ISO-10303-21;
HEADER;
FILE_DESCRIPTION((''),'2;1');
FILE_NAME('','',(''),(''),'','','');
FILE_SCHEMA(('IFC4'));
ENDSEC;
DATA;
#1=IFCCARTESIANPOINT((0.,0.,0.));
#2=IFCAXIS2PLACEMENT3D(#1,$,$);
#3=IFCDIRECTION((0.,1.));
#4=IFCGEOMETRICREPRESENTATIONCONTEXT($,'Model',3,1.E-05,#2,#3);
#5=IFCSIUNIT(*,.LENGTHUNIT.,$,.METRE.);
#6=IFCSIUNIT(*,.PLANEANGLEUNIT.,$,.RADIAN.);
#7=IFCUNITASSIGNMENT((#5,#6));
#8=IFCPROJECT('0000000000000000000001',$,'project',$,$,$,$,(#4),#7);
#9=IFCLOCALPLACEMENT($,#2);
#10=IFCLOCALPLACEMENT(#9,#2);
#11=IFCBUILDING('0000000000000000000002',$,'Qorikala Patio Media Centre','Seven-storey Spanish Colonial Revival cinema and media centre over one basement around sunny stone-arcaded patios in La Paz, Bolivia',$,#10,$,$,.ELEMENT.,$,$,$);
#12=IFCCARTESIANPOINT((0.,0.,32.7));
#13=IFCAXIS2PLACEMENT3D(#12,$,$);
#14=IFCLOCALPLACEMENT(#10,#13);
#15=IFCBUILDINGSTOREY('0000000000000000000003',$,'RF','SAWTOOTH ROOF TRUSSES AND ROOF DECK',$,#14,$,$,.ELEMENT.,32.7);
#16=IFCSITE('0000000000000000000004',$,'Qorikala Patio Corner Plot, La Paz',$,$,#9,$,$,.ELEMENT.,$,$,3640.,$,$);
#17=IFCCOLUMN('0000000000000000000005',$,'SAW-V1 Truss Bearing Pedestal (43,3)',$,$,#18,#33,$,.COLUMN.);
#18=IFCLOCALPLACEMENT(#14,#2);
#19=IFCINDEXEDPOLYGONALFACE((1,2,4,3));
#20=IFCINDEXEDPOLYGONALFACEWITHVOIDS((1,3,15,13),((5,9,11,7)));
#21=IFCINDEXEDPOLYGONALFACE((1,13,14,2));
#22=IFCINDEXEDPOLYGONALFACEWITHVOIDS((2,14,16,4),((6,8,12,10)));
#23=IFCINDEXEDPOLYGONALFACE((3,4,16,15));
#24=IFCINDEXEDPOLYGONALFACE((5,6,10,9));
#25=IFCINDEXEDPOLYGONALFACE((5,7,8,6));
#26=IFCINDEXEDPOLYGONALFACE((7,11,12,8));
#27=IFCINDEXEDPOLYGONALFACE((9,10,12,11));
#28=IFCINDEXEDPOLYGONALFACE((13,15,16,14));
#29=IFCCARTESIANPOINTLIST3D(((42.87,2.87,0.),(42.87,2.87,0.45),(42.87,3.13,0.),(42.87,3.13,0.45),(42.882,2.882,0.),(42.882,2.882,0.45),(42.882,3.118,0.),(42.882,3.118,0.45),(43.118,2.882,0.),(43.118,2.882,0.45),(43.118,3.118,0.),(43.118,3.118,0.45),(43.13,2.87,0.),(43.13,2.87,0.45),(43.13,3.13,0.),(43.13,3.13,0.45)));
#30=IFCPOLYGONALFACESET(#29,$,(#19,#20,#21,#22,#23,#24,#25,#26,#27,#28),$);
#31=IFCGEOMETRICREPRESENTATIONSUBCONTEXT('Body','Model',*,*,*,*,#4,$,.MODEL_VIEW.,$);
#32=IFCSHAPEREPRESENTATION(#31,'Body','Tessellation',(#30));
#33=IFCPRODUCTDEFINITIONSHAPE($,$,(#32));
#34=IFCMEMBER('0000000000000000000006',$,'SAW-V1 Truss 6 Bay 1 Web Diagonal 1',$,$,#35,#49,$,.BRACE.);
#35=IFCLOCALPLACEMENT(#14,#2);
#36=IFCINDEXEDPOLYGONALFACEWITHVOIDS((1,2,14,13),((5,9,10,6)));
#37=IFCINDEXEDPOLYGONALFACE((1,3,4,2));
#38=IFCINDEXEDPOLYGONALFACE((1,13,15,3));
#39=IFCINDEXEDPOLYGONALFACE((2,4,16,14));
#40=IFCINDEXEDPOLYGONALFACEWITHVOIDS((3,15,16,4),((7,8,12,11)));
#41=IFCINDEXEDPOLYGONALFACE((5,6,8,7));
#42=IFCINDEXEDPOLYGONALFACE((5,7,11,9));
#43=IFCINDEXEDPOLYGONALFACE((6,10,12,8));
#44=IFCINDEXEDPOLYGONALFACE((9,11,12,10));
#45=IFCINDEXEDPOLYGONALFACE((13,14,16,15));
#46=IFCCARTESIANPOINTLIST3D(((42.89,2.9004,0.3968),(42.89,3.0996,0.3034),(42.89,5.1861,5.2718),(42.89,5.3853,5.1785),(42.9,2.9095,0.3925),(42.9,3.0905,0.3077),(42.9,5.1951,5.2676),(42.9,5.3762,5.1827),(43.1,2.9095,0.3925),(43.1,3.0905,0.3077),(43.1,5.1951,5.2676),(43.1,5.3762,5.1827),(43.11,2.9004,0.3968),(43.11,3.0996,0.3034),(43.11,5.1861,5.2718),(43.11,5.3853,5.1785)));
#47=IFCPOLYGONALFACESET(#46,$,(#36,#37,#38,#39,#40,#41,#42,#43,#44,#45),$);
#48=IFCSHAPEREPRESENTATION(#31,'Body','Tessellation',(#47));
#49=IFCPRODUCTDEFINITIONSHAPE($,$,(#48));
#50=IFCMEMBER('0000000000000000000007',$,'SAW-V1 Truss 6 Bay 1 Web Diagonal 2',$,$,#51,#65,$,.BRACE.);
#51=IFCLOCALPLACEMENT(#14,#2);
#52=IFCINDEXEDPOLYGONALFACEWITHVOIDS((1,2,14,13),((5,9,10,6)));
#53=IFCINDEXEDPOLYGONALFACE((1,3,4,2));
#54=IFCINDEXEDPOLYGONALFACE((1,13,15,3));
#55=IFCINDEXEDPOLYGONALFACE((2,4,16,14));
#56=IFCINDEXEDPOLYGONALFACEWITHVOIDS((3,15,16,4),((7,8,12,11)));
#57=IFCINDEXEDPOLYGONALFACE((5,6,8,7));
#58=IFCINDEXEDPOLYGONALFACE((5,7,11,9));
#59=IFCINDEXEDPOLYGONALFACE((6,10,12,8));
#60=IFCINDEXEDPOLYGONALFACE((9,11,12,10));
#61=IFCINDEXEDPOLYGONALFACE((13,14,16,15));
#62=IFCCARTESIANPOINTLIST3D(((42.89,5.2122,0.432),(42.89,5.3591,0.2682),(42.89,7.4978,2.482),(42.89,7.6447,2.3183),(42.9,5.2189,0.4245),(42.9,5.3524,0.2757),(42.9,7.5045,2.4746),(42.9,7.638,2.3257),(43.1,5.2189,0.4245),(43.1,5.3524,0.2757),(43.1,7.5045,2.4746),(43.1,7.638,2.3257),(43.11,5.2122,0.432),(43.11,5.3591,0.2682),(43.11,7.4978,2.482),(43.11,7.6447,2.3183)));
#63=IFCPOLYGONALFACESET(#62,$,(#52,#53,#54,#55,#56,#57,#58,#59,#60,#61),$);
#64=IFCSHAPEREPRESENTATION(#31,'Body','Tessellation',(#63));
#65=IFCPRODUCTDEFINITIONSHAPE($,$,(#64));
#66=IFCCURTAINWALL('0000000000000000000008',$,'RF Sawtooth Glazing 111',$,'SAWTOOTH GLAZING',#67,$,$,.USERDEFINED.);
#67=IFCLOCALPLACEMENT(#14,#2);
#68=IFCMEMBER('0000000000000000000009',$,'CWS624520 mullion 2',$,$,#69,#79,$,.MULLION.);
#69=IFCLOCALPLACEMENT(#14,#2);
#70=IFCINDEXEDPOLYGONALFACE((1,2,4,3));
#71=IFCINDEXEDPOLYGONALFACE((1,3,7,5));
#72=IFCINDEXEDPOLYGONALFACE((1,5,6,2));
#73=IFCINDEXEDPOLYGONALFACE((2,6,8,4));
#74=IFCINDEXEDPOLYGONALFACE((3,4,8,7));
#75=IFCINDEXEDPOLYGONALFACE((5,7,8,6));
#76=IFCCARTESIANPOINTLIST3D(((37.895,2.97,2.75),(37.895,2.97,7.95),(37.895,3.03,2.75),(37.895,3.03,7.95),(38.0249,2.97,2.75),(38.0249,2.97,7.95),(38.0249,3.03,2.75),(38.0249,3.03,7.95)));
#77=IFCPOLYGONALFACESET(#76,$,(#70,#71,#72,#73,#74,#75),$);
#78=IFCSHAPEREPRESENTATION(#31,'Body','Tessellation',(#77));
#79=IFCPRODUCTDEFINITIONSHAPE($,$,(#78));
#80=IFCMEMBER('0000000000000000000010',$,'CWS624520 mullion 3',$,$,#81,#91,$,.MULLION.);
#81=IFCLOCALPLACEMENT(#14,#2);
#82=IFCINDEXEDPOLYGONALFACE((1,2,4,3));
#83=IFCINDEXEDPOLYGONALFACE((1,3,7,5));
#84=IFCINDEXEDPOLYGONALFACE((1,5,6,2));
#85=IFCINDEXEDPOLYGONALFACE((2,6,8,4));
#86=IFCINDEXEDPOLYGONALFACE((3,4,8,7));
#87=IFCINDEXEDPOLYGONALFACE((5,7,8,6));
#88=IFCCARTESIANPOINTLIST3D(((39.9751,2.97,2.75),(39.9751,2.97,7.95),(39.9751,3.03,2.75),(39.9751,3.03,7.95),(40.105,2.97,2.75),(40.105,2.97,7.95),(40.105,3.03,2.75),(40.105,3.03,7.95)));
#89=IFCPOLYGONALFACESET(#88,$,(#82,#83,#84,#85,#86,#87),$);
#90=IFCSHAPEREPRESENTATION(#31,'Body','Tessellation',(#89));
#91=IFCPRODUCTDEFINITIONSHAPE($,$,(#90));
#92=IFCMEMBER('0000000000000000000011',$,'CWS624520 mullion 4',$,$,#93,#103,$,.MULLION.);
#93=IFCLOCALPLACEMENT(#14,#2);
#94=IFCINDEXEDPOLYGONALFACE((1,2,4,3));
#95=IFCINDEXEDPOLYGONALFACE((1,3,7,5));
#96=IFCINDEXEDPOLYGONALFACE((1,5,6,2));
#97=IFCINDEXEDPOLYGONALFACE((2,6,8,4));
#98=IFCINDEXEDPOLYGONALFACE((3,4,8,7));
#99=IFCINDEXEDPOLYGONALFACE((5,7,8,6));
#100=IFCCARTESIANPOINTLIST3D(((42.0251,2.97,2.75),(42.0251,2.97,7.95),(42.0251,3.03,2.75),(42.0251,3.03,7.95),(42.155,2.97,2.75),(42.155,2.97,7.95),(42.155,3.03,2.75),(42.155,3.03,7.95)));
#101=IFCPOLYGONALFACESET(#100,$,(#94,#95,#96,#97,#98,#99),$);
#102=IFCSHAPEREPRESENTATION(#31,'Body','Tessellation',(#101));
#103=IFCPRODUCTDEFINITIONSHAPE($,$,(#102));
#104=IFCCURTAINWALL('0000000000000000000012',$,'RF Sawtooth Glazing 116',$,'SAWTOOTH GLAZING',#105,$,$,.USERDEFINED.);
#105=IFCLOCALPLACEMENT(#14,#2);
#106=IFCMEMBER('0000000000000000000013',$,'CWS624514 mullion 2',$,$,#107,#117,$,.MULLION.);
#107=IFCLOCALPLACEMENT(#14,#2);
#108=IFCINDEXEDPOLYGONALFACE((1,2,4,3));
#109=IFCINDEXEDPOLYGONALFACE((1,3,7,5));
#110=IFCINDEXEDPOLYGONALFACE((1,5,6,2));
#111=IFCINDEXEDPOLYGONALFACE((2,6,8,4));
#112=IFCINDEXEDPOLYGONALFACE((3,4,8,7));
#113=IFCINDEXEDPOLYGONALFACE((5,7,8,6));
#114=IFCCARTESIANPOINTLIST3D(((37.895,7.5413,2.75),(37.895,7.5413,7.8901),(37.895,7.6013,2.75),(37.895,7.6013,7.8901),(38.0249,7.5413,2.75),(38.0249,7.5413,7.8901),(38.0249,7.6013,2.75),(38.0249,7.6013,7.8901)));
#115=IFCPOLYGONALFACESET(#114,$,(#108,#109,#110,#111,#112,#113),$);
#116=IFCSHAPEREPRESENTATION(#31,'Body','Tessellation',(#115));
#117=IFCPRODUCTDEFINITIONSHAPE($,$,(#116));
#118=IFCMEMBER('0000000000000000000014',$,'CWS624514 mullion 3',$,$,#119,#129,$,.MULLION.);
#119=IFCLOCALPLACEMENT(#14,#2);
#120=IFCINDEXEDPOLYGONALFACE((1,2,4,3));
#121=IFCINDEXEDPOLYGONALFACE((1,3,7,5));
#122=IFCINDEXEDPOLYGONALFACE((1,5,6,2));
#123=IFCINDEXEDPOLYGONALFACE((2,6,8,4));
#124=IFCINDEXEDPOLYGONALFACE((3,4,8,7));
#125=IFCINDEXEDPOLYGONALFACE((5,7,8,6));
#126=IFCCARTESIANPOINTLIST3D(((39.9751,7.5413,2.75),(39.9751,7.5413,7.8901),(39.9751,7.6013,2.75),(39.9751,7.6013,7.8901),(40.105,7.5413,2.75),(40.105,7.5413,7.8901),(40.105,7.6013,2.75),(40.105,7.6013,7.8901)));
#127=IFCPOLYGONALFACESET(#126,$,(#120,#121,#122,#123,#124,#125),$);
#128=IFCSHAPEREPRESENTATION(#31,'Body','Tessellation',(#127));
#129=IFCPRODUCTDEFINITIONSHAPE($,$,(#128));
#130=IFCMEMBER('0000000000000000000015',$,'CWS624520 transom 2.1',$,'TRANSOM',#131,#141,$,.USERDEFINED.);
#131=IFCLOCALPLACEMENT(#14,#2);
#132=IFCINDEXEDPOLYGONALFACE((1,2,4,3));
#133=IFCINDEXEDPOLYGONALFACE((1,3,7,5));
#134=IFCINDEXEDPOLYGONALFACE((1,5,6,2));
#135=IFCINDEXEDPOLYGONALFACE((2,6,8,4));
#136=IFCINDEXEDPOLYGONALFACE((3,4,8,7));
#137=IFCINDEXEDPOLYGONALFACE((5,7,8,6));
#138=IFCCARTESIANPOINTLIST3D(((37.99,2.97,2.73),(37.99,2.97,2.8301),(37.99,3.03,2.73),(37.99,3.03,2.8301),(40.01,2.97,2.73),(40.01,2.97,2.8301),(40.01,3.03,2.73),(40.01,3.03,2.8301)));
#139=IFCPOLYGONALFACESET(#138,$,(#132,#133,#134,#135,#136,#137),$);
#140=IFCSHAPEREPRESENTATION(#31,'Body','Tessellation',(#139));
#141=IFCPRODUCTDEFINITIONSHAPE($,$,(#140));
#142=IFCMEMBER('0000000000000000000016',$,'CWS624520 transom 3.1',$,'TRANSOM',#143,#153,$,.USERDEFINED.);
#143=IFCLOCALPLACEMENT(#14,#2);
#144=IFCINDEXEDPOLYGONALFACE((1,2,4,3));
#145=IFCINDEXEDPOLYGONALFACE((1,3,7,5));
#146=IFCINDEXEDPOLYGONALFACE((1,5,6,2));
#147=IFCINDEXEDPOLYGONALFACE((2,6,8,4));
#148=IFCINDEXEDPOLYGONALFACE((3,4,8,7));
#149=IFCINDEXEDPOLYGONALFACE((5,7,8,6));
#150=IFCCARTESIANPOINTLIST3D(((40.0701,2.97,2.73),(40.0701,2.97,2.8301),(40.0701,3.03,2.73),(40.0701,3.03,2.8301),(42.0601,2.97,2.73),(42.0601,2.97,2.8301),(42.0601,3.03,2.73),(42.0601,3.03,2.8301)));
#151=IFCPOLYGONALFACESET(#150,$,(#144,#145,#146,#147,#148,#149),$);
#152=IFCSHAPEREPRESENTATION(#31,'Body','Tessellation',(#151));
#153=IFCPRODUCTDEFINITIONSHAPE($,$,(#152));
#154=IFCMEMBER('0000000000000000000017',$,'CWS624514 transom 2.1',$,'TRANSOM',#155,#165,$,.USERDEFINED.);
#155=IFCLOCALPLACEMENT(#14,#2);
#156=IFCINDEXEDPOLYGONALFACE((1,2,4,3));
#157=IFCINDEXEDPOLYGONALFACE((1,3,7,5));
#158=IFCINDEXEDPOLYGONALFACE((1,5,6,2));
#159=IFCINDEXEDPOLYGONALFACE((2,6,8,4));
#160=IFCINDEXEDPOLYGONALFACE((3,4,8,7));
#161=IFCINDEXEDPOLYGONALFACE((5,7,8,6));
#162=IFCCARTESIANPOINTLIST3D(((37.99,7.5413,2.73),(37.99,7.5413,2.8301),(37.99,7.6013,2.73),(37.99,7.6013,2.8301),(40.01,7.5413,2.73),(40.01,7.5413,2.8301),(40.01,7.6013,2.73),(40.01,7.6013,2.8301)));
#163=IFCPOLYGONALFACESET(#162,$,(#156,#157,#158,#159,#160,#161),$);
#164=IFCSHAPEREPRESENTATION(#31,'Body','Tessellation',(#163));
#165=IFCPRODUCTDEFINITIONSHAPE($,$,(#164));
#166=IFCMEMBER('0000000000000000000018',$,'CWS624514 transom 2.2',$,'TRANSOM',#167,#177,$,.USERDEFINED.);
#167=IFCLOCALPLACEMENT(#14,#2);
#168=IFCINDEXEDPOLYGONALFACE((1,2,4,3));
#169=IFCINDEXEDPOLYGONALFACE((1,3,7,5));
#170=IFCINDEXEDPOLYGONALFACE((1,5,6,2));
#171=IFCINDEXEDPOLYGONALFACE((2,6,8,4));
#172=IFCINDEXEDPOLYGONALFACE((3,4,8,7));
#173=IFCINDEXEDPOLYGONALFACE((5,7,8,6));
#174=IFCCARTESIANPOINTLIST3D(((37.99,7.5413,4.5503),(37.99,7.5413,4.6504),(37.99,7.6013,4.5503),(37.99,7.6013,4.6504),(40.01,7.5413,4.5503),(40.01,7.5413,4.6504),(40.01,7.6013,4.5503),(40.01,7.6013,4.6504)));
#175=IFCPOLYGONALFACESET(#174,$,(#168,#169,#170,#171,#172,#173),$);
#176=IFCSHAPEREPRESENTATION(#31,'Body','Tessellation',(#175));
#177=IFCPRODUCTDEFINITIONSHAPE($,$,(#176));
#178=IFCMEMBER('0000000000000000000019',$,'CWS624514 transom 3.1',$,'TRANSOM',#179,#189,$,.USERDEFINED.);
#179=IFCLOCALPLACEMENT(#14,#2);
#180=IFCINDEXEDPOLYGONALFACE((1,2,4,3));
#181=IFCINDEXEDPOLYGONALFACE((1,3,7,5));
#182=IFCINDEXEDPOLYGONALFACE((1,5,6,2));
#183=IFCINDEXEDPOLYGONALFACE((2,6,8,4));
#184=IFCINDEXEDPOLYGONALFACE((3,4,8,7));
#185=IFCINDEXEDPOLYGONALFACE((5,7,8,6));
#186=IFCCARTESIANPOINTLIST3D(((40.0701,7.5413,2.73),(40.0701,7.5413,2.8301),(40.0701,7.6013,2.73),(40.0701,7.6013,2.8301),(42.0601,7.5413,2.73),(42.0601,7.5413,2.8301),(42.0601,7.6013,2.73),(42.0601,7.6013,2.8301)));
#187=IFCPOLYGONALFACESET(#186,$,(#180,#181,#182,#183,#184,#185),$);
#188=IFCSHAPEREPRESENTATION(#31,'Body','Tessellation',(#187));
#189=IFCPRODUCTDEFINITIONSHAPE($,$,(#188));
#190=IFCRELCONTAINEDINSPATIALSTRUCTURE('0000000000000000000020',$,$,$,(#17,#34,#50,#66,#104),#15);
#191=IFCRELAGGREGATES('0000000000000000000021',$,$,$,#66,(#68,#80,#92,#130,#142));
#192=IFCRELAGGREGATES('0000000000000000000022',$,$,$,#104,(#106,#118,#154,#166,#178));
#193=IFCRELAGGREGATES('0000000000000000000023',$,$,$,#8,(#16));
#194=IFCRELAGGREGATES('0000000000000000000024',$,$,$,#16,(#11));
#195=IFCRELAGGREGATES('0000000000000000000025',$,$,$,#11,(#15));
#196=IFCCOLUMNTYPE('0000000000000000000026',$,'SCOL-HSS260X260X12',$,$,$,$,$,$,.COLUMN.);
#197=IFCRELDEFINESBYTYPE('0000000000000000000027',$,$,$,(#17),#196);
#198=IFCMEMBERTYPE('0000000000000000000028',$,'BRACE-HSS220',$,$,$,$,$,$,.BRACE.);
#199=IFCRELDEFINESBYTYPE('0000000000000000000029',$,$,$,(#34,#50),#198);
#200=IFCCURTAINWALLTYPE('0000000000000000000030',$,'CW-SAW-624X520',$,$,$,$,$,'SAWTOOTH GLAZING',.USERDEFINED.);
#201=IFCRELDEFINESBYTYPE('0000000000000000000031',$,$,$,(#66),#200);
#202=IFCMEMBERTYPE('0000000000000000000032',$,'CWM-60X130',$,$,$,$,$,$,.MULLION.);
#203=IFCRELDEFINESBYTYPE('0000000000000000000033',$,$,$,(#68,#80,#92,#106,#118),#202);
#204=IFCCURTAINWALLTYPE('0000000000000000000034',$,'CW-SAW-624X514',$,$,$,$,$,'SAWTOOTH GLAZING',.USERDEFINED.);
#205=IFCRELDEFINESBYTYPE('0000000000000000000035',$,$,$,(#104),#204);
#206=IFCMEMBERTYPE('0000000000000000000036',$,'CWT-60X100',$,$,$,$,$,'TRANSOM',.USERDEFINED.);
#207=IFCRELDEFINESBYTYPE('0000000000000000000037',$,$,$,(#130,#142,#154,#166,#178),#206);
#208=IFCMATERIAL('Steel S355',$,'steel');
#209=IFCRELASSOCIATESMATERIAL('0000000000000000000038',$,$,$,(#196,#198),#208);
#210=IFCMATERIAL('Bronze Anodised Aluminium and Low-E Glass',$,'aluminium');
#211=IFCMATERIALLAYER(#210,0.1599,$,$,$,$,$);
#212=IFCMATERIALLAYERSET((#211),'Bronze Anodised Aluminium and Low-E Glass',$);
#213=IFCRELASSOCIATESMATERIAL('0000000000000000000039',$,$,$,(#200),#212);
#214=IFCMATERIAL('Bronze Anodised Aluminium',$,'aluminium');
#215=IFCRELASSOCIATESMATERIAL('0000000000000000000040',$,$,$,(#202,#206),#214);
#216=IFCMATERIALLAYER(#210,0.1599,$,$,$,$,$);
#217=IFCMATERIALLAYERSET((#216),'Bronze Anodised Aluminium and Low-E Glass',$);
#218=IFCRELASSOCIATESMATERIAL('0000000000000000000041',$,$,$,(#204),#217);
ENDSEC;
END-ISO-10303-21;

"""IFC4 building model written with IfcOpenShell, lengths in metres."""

from ifc_helpers import new_model, si_unit, direction, frame, origin, origin_2d, place, context, subcontext, project, spatial, rectangle, hollow_rectangle, extrude, material, layer, layer_set, material_profile, profile_set, type_object, element, aggregate, save


model = new_model("IFC4")

# Units and contexts
model_context = context("Model", 3, precision=1e-05, world=origin(), true_north=direction((0.0, 1.0)))
body_context = subcontext(model_context, "Body", "Model", "MODEL_VIEW")
ifc_project = project(units=[si_unit("LENGTHUNIT", "METRE"), si_unit("PLANEANGLEUNIT", "RADIAN")], contexts=[model_context])

# Site, building, storey
site_placement = place(None, origin())
site = spatial("IfcSite", under=ifc_project, at=site_placement, Name="Qorikala Patio Corner Plot, La Paz", CompositionType="ELEMENT", RefElevation=3640.0)
building_placement = place(site_placement, origin())
building = spatial("IfcBuilding", under=site, at=building_placement, Name="Qorikala Patio Media Centre", Description="Seven-storey Spanish Colonial Revival cinema and media centre over one basement around sunny stone-arcaded patios in La Paz, Bolivia", CompositionType="ELEMENT")
storey_placement = place(building_placement, frame((0.0, 0.0, 32.7)))
storey = spatial("IfcBuildingStorey", under=building, at=storey_placement, Name="RF", Description="SAWTOOTH ROOF TRUSSES AND ROOF DECK", CompositionType="ELEMENT", Elevation=32.7)

# Column
ifc_material_1 = material(Name="Steel S355", Category="steel")
ifc_material_profile_1 = material_profile(ifc_material_1, hollow_rectangle(XDim=0.26, YDim=0.26, WallThickness=0.012, at=origin_2d()), Name="HSS260X260X12")
ifc_profile_set_1 = profile_set([ifc_material_profile_1], Name="Steel S355")
column_type = type_object("IfcColumnType", Name="SCOL-HSS260X260X12", PredefinedType="COLUMN", material=ifc_profile_set_1)
column_placement = place(storey_placement, frame((43.0, 3.0, 0.0), z_axis=(0.0, 0.0, 1.0), x_axis=(1.0, 0.0, 0.0)))
element("IfcColumn", 1, at=column_placement, inside=storey, type_object=column_type, Name="SAW-V1 Truss Bearing Pedestal (43,3)", PredefinedType="COLUMN", context=body_context, shape_type="SweptSolid", body=[
    extrude(hollow_rectangle(XDim=0.26, YDim=0.26, WallThickness=0.012, at=origin_2d()), origin(), (0.0, 0.0, 1.0), 0.45),
])

# Members
ifc_material_profile_2 = material_profile(ifc_material_1, hollow_rectangle(XDim=0.22, YDim=0.22, WallThickness=0.01, at=origin_2d()), Name="HSS220X220X10")
ifc_profile_set_2 = profile_set([ifc_material_profile_2], Name="Steel S355")
member_type_1 = type_object("IfcMemberType", Name="BRACE-HSS220", PredefinedType="BRACE", material=ifc_profile_set_2)
member_1_placement = place(storey_placement, frame((43.0, 3.0, 0.3501), z_axis=(0.0, 0.424508, 0.905424), x_axis=(-1.0, 0.0, 0.0)))
element("IfcMember", 2, at=member_1_placement, inside=storey, type_object=member_type_1, Name="SAW-V1 Truss 6 Bay 1 Web Diagonal 1", PredefinedType="BRACE", context=body_context, shape_type="SweptSolid", body=[
    extrude(hollow_rectangle(XDim=0.22, YDim=0.22, WallThickness=0.01, at=origin_2d()), origin(), (0.0, 0.0, 1.0), 5.3843),
])
member_2_placement = place(storey_placement, frame((43.0, 5.2856, 0.3501), z_axis=(0.0, 0.744432, 0.667699), x_axis=(-1.0, 0.0, 0.0)))
element("IfcMember", 3, at=member_2_placement, inside=storey, type_object=member_type_1, Name="SAW-V1 Truss 6 Bay 1 Web Diagonal 2", PredefinedType="BRACE", context=body_context, shape_type="SweptSolid", body=[
    extrude(hollow_rectangle(XDim=0.22, YDim=0.22, WallThickness=0.01, at=origin_2d()), origin(), (0.0, 0.0, 1.0), 3.0703),
])

# Curtain walls, members
ifc_material_2 = material(Name="Bronze Anodised Aluminium and Low-E Glass", Category="aluminium")
ifc_layer_1 = layer(ifc_material_2, 0.1599)
ifc_layer_set_1 = layer_set([ifc_layer_1], Name="Bronze Anodised Aluminium and Low-E Glass")
curtain_wall_type_1 = type_object("IfcCurtainWallType", Name="CW-SAW-624X520", ElementType="SAWTOOTH GLAZING", PredefinedType="USERDEFINED", material=ifc_layer_set_1)
curtain_wall_1_placement = place(storey_placement, origin())
curtain_wall_1 = element("IfcCurtainWall", 4, at=curtain_wall_1_placement, inside=storey, type_object=curtain_wall_type_1, Name="RF Sawtooth Glazing 111", ObjectType="SAWTOOTH GLAZING", PredefinedType="USERDEFINED")
ifc_material_3 = material(Name="Bronze Anodised Aluminium", Category="aluminium")
ifc_material_profile_3 = material_profile(ifc_material_3, rectangle(XDim=0.0601, YDim=0.1299, at=origin_2d()), Name="ALU MULLION 60x130")
ifc_profile_set_3 = profile_set([ifc_material_profile_3], Name="Bronze Anodised Aluminium")
member_type_2 = type_object("IfcMemberType", Name="CWM-60X130", PredefinedType="MULLION", material=ifc_profile_set_3)
member_3_placement = place(storey_placement, frame((37.96, 3.0, 2.75), z_axis=(0.0, 0.0, 1.0), x_axis=(0.0, 1.0, 0.0)))
member_3 = element("IfcMember", 5, at=member_3_placement, type_object=member_type_2, Name="CWS624520 mullion 2", PredefinedType="MULLION", context=body_context, shape_type="SweptSolid", body=[
    extrude(rectangle(XDim=0.0601, YDim=0.1299, at=origin_2d()), origin(), (0.0, 0.0, 1.0), 5.2),
])
member_4_placement = place(storey_placement, frame((40.04, 3.0, 2.75), z_axis=(0.0, 0.0, 1.0), x_axis=(0.0, 1.0, 0.0)))
member_4 = element("IfcMember", 6, at=member_4_placement, type_object=member_type_2, Name="CWS624520 mullion 3", PredefinedType="MULLION", context=body_context, shape_type="SweptSolid", body=[
    extrude(rectangle(XDim=0.0601, YDim=0.1299, at=origin_2d()), origin(), (0.0, 0.0, 1.0), 5.2),
])
member_5_placement = place(storey_placement, frame((42.0901, 3.0, 2.75), z_axis=(0.0, 0.0, 1.0), x_axis=(0.0, 1.0, 0.0)))
member_5 = element("IfcMember", 7, at=member_5_placement, type_object=member_type_2, Name="CWS624520 mullion 4", PredefinedType="MULLION", context=body_context, shape_type="SweptSolid", body=[
    extrude(rectangle(XDim=0.0601, YDim=0.1299, at=origin_2d()), origin(), (0.0, 0.0, 1.0), 5.2),
])
ifc_layer_2 = layer(ifc_material_2, 0.1599)
ifc_layer_set_2 = layer_set([ifc_layer_2], Name="Bronze Anodised Aluminium and Low-E Glass")
curtain_wall_type_2 = type_object("IfcCurtainWallType", Name="CW-SAW-624X514", ElementType="SAWTOOTH GLAZING", PredefinedType="USERDEFINED", material=ifc_layer_set_2)
curtain_wall_2_placement = place(storey_placement, origin())
curtain_wall_2 = element("IfcCurtainWall", 8, at=curtain_wall_2_placement, inside=storey, type_object=curtain_wall_type_2, Name="RF Sawtooth Glazing 116", ObjectType="SAWTOOTH GLAZING", PredefinedType="USERDEFINED")
member_6_placement = place(storey_placement, frame((37.96, 7.5713, 2.75), z_axis=(0.0, 0.0, 1.0), x_axis=(0.0, 1.0, 0.0)))
member_6 = element("IfcMember", 9, at=member_6_placement, type_object=member_type_2, Name="CWS624514 mullion 2", PredefinedType="MULLION", context=body_context, shape_type="SweptSolid", body=[
    extrude(rectangle(XDim=0.0601, YDim=0.1299, at=origin_2d()), origin(), (0.0, 0.0, 1.0), 5.1401),
])
member_7_placement = place(storey_placement, frame((40.04, 7.5713, 2.75), z_axis=(0.0, 0.0, 1.0), x_axis=(0.0, 1.0, 0.0)))
member_7 = element("IfcMember", 10, at=member_7_placement, type_object=member_type_2, Name="CWS624514 mullion 3", PredefinedType="MULLION", context=body_context, shape_type="SweptSolid", body=[
    extrude(rectangle(XDim=0.0601, YDim=0.1299, at=origin_2d()), origin(), (0.0, 0.0, 1.0), 5.1401),
])

# Members
ifc_material_profile_4 = material_profile(ifc_material_3, rectangle(XDim=0.0601, YDim=0.1001, at=origin_2d()), Name="ALU TRANSOM 60x100")
ifc_profile_set_4 = profile_set([ifc_material_profile_4], Name="Bronze Anodised Aluminium")
member_type_3 = type_object("IfcMemberType", Name="CWT-60X100", ElementType="TRANSOM", PredefinedType="USERDEFINED", material=ifc_profile_set_4)
member_8_placement = place(storey_placement, frame((37.99, 3.0, 2.78), z_axis=(1.0, 0.0, 0.0), x_axis=(0.0, 1.0, 0.0)))
member_8 = element("IfcMember", 11, at=member_8_placement, type_object=member_type_3, Name="CWS624520 transom 2.1", ObjectType="TRANSOM", PredefinedType="USERDEFINED", context=body_context, shape_type="SweptSolid", body=[
    extrude(rectangle(XDim=0.0601, YDim=0.1001, at=origin_2d()), origin(), (0.0, 0.0, 1.0), 2.02),
])
member_9_placement = place(storey_placement, frame((40.0701, 3.0, 2.78), z_axis=(1.0, 0.0, 0.0), x_axis=(0.0, 1.0, 0.0)))
member_9 = element("IfcMember", 12, at=member_9_placement, type_object=member_type_3, Name="CWS624520 transom 3.1", ObjectType="TRANSOM", PredefinedType="USERDEFINED", context=body_context, shape_type="SweptSolid", body=[
    extrude(rectangle(XDim=0.0601, YDim=0.1001, at=origin_2d()), origin(), (0.0, 0.0, 1.0), 1.99),
])
member_10_placement = place(storey_placement, frame((37.99, 7.5713, 2.78), z_axis=(1.0, 0.0, 0.0), x_axis=(0.0, 1.0, 0.0)))
member_10 = element("IfcMember", 13, at=member_10_placement, type_object=member_type_3, Name="CWS624514 transom 2.1", ObjectType="TRANSOM", PredefinedType="USERDEFINED", context=body_context, shape_type="SweptSolid", body=[
    extrude(rectangle(XDim=0.0601, YDim=0.1001, at=origin_2d()), origin(), (0.0, 0.0, 1.0), 2.02),
])
member_11_placement = place(storey_placement, frame((37.99, 7.5713, 4.6003), z_axis=(1.0, 0.0, 0.0), x_axis=(0.0, 1.0, 0.0)))
member_11 = element("IfcMember", 14, at=member_11_placement, type_object=member_type_3, Name="CWS624514 transom 2.2", ObjectType="TRANSOM", PredefinedType="USERDEFINED", context=body_context, shape_type="SweptSolid", body=[
    extrude(rectangle(XDim=0.0601, YDim=0.1001, at=origin_2d()), origin(), (0.0, 0.0, 1.0), 2.02),
])
member_12_placement = place(storey_placement, frame((40.0701, 7.5713, 2.78), z_axis=(1.0, 0.0, 0.0), x_axis=(0.0, 1.0, 0.0)))
member_12 = element("IfcMember", 15, at=member_12_placement, type_object=member_type_3, Name="CWS624514 transom 3.1", ObjectType="TRANSOM", PredefinedType="USERDEFINED", context=body_context, shape_type="SweptSolid", body=[
    extrude(rectangle(XDim=0.0601, YDim=0.1001, at=origin_2d()), origin(), (0.0, 0.0, 1.0), 1.99),
])

aggregate(curtain_wall_1, [member_3, member_4, member_5, member_8, member_9])
aggregate(curtain_wall_2, [member_6, member_7, member_10, member_11, member_12])

save(model, "model.ifc")
